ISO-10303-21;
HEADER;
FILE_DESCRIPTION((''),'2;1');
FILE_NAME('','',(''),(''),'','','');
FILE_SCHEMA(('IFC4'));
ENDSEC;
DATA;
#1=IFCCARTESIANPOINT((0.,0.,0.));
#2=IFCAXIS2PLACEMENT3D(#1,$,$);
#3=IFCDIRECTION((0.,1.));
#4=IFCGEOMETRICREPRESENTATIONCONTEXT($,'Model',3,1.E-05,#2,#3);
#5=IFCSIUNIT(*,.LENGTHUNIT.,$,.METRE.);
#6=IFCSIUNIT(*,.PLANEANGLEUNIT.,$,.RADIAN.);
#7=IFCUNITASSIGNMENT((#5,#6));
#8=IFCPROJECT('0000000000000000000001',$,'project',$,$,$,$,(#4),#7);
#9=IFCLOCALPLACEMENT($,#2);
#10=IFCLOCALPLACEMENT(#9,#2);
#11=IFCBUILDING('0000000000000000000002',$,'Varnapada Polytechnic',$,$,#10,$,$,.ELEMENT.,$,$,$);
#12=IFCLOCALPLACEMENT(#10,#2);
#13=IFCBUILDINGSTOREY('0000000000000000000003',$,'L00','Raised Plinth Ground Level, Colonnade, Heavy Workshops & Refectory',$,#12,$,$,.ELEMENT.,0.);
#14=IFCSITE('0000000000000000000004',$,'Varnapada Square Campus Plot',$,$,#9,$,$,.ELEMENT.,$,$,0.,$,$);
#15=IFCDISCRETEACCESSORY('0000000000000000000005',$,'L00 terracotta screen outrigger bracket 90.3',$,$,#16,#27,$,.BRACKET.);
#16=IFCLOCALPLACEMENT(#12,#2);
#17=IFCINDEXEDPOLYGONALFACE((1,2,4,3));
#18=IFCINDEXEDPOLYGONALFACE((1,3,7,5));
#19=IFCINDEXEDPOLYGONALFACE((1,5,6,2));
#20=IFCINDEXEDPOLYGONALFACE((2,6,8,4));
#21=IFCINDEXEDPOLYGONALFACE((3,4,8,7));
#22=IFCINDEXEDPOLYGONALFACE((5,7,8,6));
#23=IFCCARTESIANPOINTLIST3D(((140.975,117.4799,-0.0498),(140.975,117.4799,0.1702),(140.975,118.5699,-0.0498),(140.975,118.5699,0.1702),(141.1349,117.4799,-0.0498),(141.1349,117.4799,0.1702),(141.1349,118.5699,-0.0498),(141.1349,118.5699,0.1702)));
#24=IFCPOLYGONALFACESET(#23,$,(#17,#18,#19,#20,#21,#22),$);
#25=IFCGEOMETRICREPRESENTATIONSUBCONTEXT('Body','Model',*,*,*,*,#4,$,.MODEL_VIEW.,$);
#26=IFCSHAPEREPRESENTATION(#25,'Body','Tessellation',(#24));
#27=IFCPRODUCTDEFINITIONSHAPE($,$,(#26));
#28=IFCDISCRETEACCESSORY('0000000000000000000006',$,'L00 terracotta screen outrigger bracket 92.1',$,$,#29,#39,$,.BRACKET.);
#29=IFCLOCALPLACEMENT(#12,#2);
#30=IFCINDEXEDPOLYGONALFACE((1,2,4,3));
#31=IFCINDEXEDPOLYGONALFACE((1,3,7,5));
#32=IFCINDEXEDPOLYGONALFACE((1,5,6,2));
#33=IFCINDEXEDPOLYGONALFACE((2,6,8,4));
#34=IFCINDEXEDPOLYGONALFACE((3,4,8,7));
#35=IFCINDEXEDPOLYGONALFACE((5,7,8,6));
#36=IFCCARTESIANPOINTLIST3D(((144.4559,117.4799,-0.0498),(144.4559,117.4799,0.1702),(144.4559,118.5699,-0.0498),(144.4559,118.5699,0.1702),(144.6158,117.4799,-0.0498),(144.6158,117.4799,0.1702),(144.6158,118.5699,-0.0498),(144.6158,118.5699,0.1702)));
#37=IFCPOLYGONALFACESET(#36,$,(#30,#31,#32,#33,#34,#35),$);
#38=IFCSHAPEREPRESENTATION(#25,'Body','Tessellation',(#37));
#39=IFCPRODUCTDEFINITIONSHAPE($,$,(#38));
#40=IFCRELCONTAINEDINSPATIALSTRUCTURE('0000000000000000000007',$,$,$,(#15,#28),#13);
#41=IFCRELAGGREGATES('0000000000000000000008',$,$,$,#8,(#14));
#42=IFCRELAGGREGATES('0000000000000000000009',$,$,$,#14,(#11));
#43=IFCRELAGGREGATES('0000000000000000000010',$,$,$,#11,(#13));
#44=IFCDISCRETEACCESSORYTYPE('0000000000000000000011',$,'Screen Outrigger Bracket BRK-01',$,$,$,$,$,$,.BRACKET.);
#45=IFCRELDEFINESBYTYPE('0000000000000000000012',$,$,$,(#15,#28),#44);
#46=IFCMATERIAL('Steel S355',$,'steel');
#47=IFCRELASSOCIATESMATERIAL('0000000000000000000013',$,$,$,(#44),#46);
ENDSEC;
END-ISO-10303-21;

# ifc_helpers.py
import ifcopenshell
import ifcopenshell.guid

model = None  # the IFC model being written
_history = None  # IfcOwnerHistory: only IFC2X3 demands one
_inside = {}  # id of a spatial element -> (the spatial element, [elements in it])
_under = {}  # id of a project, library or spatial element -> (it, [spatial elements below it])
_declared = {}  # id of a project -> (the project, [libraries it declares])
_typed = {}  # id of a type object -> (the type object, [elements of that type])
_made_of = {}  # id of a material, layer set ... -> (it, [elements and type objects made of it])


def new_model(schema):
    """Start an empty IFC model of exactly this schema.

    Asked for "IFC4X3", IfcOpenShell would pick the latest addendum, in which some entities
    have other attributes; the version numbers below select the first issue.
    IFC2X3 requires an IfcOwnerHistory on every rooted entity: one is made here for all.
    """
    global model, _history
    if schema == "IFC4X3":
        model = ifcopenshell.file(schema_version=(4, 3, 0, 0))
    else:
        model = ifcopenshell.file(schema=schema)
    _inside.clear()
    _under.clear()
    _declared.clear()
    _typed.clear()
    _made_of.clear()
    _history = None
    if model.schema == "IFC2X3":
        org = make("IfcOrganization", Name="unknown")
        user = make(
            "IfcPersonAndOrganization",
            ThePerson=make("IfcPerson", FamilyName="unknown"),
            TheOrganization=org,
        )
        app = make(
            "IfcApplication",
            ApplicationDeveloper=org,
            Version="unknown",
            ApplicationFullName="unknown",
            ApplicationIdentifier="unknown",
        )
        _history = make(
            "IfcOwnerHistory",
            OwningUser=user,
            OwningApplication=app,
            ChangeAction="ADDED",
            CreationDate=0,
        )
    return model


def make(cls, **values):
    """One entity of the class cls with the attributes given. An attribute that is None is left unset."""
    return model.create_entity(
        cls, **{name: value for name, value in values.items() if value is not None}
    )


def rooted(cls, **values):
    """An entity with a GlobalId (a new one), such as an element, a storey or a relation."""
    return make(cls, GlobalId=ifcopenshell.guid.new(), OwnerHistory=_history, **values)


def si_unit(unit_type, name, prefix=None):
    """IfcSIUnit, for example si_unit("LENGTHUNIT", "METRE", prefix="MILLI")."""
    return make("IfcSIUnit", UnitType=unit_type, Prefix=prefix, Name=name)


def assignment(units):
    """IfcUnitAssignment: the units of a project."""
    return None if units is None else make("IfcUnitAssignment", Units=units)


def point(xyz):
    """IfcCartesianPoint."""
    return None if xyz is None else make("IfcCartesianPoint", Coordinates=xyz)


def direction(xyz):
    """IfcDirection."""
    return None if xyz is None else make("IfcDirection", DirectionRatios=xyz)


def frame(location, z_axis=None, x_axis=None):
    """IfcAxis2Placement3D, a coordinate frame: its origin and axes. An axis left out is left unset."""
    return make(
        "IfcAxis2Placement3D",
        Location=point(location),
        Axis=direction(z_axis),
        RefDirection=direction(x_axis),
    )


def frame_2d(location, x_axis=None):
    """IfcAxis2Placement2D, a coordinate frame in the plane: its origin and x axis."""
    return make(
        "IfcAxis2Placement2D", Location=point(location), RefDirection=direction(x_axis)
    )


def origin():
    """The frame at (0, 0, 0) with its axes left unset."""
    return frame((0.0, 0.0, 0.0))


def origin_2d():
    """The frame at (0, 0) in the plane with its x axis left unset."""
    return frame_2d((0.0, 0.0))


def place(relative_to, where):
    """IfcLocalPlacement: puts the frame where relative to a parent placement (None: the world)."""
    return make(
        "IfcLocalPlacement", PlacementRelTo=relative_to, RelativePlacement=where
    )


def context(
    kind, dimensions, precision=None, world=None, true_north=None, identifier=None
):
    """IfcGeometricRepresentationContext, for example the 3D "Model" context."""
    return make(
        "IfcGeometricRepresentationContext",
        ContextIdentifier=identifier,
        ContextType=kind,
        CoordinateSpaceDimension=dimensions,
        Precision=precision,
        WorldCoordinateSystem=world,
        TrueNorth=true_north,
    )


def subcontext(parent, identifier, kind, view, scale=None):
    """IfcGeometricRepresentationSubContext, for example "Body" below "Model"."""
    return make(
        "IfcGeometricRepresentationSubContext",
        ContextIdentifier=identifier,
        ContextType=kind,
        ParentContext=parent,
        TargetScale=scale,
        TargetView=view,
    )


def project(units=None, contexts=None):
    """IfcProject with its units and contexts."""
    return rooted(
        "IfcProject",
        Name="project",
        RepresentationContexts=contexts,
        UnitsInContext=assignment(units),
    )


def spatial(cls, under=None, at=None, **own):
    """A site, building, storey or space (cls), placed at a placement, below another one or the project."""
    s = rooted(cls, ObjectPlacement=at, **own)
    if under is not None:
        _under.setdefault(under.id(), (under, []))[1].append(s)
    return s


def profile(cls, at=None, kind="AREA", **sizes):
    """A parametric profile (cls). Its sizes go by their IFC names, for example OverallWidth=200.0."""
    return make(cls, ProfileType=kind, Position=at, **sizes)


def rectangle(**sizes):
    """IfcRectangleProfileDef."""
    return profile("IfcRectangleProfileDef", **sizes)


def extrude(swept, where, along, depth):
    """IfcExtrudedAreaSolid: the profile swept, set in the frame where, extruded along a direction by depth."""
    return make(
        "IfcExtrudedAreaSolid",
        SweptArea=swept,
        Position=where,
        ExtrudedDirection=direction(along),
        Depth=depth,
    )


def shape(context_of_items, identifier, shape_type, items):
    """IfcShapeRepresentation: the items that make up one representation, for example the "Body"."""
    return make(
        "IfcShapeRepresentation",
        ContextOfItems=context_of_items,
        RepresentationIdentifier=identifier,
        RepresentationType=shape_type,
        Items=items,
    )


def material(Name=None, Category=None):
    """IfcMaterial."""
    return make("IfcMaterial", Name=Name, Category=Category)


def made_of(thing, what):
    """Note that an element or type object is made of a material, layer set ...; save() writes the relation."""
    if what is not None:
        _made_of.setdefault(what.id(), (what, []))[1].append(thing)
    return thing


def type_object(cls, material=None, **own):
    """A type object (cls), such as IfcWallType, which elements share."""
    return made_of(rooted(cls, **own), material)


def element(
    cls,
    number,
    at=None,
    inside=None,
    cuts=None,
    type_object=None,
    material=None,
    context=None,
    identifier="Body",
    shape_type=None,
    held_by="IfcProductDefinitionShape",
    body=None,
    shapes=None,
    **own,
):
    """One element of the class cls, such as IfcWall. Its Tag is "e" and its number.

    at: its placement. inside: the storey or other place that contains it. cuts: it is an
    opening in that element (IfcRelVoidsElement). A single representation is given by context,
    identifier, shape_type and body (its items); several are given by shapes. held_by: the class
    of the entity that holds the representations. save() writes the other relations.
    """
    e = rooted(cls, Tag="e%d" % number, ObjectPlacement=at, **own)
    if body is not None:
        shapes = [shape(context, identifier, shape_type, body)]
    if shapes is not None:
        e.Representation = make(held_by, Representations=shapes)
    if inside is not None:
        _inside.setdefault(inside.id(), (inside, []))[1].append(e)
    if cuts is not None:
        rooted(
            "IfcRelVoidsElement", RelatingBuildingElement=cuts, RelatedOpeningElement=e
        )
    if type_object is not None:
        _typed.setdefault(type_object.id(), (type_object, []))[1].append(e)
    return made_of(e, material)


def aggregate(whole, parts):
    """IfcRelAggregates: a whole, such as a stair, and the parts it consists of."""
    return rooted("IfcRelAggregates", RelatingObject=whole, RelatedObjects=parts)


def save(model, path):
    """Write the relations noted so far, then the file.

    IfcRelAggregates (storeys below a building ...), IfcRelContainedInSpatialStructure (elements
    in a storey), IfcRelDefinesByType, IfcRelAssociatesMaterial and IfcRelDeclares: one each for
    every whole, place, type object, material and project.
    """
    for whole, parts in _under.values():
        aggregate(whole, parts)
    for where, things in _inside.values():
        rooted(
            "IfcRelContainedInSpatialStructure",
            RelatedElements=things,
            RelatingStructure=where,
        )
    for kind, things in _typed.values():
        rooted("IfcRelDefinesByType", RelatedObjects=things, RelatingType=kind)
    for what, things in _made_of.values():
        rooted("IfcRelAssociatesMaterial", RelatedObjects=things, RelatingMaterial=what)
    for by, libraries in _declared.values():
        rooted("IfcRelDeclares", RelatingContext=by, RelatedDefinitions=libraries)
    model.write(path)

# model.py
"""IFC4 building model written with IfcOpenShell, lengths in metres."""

from ifc_helpers import new_model, si_unit, direction, frame, origin, origin_2d, place, context, subcontext, project, spatial, rectangle, extrude, material, type_object, element, save


model = new_model("IFC4")

# Units and contexts
model_context = context("Model", 3, precision=1e-05, world=origin(), true_north=direction((0.0, 1.0)))
body_context = subcontext(model_context, "Body", "Model", "MODEL_VIEW")
ifc_project = project(units=[si_unit("LENGTHUNIT", "METRE"), si_unit("PLANEANGLEUNIT", "RADIAN")], contexts=[model_context])

# Site, building, storey
site_placement = place(None, origin())
site = spatial("IfcSite", under=ifc_project, at=site_placement, Name="Varnapada Square Campus Plot", CompositionType="ELEMENT", RefElevation=0.0)
building_placement = place(site_placement, origin())
building = spatial("IfcBuilding", under=site, at=building_placement, Name="Varnapada Polytechnic", CompositionType="ELEMENT")
storey_placement = place(building_placement, origin())
storey = spatial("IfcBuildingStorey", under=building, at=storey_placement, Name="L00", Description="Raised Plinth Ground Level, Colonnade, Heavy Workshops & Refectory", CompositionType="ELEMENT", Elevation=0.0)

# Discrete accessories
ifc_material_1 = material(Name="Steel S355", Category="steel")
discrete_accessory_type = type_object("IfcDiscreteAccessoryType", Name="Screen Outrigger Bracket BRK-01", PredefinedType="BRACKET", material=ifc_material_1)
for number, where, z_axis, x_axis, name in (
    (1, (141.0549, 118.0249, -0.0498), (0.0, 0.0, 1.0), (1.0, 0.0, 0.0), "L00 terracotta screen outrigger bracket 90.3"),
    (2, (144.5359, 118.0249, -0.0498), (0.0, 0.0, 1.0), (1.0, 0.0, 0.0), "L00 terracotta screen outrigger bracket 92.1"),
):
    element("IfcDiscreteAccessory", number, at=place(storey_placement, frame(where, z_axis=z_axis, x_axis=x_axis)), inside=storey, type_object=discrete_accessory_type, Name=name, PredefinedType="BRACKET", context=body_context, shape_type="SweptSolid", body=[
        extrude(rectangle(XDim=0.1599, YDim=1.0901, at=origin_2d()), origin(), (0.0, 0.0, 1.0), 0.22),
    ])

save(model, "model.ifc")
